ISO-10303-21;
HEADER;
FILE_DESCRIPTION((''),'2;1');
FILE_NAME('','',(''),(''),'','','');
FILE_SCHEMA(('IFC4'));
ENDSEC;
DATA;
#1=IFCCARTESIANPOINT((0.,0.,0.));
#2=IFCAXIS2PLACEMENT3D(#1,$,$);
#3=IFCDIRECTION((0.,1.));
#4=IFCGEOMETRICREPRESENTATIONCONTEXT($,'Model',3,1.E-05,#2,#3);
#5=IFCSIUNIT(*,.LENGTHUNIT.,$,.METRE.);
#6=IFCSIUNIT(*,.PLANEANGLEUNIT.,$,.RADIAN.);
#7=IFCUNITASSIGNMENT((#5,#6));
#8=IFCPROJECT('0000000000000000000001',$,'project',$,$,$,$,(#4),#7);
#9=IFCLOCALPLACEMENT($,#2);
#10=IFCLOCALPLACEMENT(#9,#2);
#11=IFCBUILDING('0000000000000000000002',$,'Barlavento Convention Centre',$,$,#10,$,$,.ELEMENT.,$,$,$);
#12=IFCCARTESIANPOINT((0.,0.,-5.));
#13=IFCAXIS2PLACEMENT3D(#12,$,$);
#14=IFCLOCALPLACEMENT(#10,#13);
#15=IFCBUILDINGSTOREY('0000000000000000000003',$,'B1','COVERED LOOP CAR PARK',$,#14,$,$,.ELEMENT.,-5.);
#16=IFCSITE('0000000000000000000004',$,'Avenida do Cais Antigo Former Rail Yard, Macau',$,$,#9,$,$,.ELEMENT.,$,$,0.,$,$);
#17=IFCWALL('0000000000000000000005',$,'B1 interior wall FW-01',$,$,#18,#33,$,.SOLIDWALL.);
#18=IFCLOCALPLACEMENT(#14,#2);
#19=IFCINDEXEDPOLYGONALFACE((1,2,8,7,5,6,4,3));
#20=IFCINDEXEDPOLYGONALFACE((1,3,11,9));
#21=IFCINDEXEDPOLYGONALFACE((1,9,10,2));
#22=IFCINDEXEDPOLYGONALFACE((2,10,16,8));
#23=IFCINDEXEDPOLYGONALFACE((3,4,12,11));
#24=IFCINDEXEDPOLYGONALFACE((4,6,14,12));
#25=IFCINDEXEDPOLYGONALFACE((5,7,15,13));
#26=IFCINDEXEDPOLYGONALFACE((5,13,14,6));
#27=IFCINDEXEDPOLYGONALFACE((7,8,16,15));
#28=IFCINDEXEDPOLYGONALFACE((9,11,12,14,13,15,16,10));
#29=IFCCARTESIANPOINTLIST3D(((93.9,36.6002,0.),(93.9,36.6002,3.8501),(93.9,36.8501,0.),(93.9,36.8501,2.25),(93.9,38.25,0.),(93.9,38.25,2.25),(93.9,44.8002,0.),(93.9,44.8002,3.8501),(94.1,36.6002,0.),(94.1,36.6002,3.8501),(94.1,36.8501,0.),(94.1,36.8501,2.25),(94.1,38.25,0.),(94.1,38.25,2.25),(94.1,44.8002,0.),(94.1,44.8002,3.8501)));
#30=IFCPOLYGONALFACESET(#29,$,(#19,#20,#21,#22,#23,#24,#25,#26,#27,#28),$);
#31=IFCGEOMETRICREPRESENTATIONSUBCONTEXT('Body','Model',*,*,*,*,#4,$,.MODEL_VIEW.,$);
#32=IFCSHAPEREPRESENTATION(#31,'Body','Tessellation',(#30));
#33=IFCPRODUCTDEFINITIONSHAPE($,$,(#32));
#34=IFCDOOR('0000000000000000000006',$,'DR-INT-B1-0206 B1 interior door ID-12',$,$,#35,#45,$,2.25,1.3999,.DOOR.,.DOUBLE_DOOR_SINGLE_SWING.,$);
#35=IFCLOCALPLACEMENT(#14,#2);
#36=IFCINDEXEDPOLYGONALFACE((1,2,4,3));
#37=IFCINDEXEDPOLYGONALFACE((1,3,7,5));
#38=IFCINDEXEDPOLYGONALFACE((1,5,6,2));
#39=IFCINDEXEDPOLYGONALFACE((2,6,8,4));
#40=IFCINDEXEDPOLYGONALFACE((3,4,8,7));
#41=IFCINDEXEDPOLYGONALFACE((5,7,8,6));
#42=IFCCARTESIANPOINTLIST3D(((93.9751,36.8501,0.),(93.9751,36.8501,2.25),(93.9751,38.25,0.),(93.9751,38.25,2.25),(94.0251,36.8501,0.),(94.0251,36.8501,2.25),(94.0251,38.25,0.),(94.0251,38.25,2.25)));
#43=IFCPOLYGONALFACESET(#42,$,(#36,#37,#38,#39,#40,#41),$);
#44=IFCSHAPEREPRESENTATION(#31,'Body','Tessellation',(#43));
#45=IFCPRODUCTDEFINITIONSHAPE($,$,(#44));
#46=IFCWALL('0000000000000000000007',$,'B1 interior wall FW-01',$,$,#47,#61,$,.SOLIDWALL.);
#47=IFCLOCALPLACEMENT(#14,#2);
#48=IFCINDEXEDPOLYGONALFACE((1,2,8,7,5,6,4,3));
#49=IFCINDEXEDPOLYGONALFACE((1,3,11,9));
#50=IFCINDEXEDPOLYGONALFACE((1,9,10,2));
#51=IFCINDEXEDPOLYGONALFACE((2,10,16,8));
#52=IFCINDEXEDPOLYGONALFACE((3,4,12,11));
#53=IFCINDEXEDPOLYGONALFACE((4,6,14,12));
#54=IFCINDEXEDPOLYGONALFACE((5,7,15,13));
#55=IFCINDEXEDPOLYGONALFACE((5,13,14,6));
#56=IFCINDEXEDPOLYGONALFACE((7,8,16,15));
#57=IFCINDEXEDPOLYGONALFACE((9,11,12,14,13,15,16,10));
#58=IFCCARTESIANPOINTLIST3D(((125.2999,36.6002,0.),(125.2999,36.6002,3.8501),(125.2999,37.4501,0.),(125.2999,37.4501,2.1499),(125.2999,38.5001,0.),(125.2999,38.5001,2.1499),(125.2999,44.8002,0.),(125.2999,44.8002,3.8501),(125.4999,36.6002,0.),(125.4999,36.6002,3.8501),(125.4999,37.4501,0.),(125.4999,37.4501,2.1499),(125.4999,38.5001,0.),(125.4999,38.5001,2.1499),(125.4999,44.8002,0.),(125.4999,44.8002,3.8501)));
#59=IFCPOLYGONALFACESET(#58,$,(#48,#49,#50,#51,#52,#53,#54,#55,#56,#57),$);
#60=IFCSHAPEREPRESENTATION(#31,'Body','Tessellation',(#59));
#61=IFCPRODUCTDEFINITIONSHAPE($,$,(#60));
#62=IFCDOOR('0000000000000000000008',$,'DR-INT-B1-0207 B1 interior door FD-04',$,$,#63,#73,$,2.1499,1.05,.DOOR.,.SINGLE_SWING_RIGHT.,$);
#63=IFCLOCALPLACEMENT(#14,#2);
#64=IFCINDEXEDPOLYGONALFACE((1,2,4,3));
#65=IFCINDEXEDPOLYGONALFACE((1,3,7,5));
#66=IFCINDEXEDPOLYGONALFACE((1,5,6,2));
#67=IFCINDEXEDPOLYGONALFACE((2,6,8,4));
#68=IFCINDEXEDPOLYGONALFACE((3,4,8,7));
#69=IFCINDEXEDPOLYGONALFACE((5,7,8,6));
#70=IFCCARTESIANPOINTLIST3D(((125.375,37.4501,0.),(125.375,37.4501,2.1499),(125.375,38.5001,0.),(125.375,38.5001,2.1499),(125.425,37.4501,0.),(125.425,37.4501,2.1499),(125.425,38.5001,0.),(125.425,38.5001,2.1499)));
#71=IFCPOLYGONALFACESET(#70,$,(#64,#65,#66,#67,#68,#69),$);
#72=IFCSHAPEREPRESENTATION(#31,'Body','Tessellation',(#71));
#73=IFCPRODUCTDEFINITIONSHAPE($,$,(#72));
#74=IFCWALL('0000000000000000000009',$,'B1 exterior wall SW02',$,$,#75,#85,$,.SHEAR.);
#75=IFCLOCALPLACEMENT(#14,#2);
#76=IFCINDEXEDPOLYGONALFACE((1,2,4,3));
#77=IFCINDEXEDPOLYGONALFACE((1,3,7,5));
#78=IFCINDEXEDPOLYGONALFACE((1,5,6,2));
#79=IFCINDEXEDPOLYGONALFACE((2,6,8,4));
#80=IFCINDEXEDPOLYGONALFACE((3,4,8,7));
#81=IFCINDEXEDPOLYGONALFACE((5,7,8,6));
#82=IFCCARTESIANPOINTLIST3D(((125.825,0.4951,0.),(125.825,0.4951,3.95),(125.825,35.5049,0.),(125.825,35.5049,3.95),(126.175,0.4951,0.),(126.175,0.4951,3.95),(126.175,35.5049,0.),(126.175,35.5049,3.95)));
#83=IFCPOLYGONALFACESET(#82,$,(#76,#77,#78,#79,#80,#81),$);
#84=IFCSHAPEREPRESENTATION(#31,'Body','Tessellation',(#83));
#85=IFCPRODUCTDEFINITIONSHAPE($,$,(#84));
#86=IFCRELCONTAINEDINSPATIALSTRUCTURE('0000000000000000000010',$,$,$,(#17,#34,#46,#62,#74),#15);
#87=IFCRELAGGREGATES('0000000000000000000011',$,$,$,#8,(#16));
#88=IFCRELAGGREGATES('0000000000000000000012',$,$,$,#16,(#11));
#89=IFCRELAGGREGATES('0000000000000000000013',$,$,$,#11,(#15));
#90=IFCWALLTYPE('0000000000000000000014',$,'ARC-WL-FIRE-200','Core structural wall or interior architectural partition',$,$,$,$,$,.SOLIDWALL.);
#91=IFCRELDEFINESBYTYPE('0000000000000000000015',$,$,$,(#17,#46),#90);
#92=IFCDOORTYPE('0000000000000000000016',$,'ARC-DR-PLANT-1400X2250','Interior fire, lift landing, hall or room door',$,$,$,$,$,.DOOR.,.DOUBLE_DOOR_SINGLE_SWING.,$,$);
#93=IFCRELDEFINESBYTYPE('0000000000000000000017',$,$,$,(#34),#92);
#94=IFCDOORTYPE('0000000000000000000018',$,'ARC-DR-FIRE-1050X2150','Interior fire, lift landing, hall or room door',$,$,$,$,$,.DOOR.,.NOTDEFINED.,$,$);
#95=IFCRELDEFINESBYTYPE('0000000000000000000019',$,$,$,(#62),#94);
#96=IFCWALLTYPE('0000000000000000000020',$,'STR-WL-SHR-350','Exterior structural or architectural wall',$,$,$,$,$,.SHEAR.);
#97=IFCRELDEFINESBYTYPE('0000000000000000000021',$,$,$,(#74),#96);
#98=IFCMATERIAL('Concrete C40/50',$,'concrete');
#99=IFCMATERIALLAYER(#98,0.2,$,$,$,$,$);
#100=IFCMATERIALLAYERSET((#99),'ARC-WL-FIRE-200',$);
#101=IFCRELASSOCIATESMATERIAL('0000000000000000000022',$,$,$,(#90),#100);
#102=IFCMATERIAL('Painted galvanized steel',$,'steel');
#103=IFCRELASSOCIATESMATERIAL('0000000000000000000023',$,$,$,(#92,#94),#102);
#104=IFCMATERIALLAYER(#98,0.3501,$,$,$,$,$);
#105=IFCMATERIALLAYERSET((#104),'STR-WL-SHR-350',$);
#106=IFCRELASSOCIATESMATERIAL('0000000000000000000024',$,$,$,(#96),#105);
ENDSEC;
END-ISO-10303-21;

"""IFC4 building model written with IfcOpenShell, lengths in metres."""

from ifc_helpers import new_model, si_unit, direction, frame, frame_2d, origin, place, context, subcontext, project, spatial, rectangle, extrude, material, layer, layer_set, type_object, element, fill, save


model = new_model("IFC4")

# Units and contexts
model_context = context("Model", 3, precision=1e-05, world=origin(), true_north=direction((0.0, 1.0)))
body_context = subcontext(model_context, "Body", "Model", "MODEL_VIEW")
ifc_project = project(units=[si_unit("LENGTHUNIT", "METRE"), si_unit("PLANEANGLEUNIT", "RADIAN")], contexts=[model_context])

# Site, building, storey
site_placement = place(None, origin())
site = spatial("IfcSite", under=ifc_project, at=site_placement, Name="Avenida do Cais Antigo Former Rail Yard, Macau", CompositionType="ELEMENT", RefElevation=0.0)
building_placement = place(site_placement, origin())
building = spatial("IfcBuilding", under=site, at=building_placement, Name="Barlavento Convention Centre", CompositionType="ELEMENT")
storey_placement = place(building_placement, frame((0.0, 0.0, -5.0)))
storey = spatial("IfcBuildingStorey", under=building, at=storey_placement, Name="B1", Description="COVERED LOOP CAR PARK", CompositionType="ELEMENT", Elevation=-5.0)

# Shared definitions
ifc_material_1 = material(Name="Concrete C40/50", Category="concrete")

# Walls, openings, doors
ifc_layer_1 = layer(ifc_material_1, 0.2)
ifc_layer_set_1 = layer_set([ifc_layer_1], Name="ARC-WL-FIRE-200")
wall_type_1 = type_object("IfcWallType", Name="ARC-WL-FIRE-200", Description="Core structural wall or interior architectural partition", PredefinedType="SOLIDWALL", material=ifc_layer_set_1)
wall_1_placement = place(storey_placement, frame((94.0, 36.6001, 0.0), z_axis=(0.0, 0.0, 1.0), x_axis=(0.0, 1.0, 0.0)))
wall_1 = element("IfcWall", 1, at=wall_1_placement, inside=storey, type_object=wall_type_1, Name="B1 interior wall FW-01", PredefinedType="SOLIDWALL", context=body_context, shape_type="SweptSolid", body=[
    extrude(rectangle(XDim=8.2, YDim=0.2, at=frame_2d((4.1001, 0.0))), origin(), (0.0, 0.0, 1.0), 3.8501),
])
opening_1_placement = place(wall_1_placement, frame((0.25, 0.0, 0.0)))
opening_1 = element("IfcOpeningElement", 2, at=opening_1_placement, cuts=wall_1, PredefinedType="OPENING", context=body_context, shape_type="SweptSolid", body=[
    extrude(rectangle(XDim=1.3999, YDim=2.25, at=frame_2d((0.7, 1.125))), frame((0.0, 0.1099, 0.0), z_axis=(0.0, -1.0, 0.0), x_axis=(1.0, 0.0, 0.0)), (0.0, 0.0, 1.0), 0.22),
])
ifc_material_2 = material(Name="Painted galvanized steel", Category="steel")
door_type_1 = type_object("IfcDoorType", Name="ARC-DR-PLANT-1400X2250", Description="Interior fire, lift landing, hall or room door", OperationType="DOUBLE_DOOR_SINGLE_SWING", PredefinedType="DOOR", material=ifc_material_2)
door_1_placement = place(opening_1_placement, origin())
door_1 = element("IfcDoor", 3, at=door_1_placement, inside=storey, type_object=door_type_1, Name="DR-INT-B1-0206 B1 interior door ID-12", OperationType="DOUBLE_DOOR_SINGLE_SWING", OverallHeight=2.25, OverallWidth=1.3999, PredefinedType="DOOR", context=body_context, shape_type="SweptSolid", body=[
    extrude(rectangle(XDim=1.3999, YDim=2.25, at=frame_2d((0.7, 1.125))), frame((0.0, 0.0249, 0.0), z_axis=(0.0, -1.0, 0.0), x_axis=(1.0, 0.0, 0.0)), (0.0, 0.0, 1.0), 0.05),
])
fill(opening_1, door_1)
wall_2_placement = place(storey_placement, frame((125.3999, 36.6001, 0.0), z_axis=(0.0, 0.0, 1.0), x_axis=(0.0, 1.0, 0.0)))
wall_2 = element("IfcWall", 4, at=wall_2_placement, inside=storey, type_object=wall_type_1, Name="B1 interior wall FW-01", PredefinedType="SOLIDWALL", context=body_context, shape_type="SweptSolid", body=[
    extrude(rectangle(XDim=8.2, YDim=0.2, at=frame_2d((4.1001, 0.0))), origin(), (0.0, 0.0, 1.0), 3.8501),
])
opening_2_placement = place(wall_2_placement, frame((0.8501, 0.0, 0.0)))
opening_2 = element("IfcOpeningElement", 5, at=opening_2_placement, cuts=wall_2, PredefinedType="OPENING", context=body_context, shape_type="SweptSolid", body=[
    extrude(rectangle(XDim=1.05, YDim=2.1499, at=frame_2d((0.5249, 1.075))), frame((0.0, 0.1099, 0.0), z_axis=(0.0, -1.0, 0.0), x_axis=(1.0, 0.0, 0.0)), (0.0, 0.0, 1.0), 0.22),
])
door_type_2 = type_object("IfcDoorType", Name="ARC-DR-FIRE-1050X2150", Description="Interior fire, lift landing, hall or room door", OperationType="NOTDEFINED", PredefinedType="DOOR", material=ifc_material_2)
door_2_placement = place(opening_2_placement, origin())
door_2 = element("IfcDoor", 6, at=door_2_placement, inside=storey, type_object=door_type_2, Name="DR-INT-B1-0207 B1 interior door FD-04", OperationType="SINGLE_SWING_RIGHT", OverallHeight=2.1499, OverallWidth=1.05, PredefinedType="DOOR", context=body_context, shape_type="SweptSolid", body=[
    extrude(rectangle(XDim=1.05, YDim=2.1499, at=frame_2d((0.5249, 1.075))), frame((0.0, 0.0249, 0.0), z_axis=(0.0, -1.0, 0.0), x_axis=(1.0, 0.0, 0.0)), (0.0, 0.0, 1.0), 0.05),
])
fill(opening_2, door_2)

# Wall
ifc_layer_2 = layer(ifc_material_1, 0.3501)
ifc_layer_set_2 = layer_set([ifc_layer_2], Name="STR-WL-SHR-350")
wall_type_2 = type_object("IfcWallType", Name="STR-WL-SHR-350", Description="Exterior structural or architectural wall", PredefinedType="SHEAR", material=ifc_layer_set_2)
wall_3_placement = place(storey_placement, frame((126.0, 0.4951, 0.0), z_axis=(0.0, 0.0, 1.0), x_axis=(0.0, 1.0, 0.0)))
element("IfcWall", 7, at=wall_3_placement, inside=storey, type_object=wall_type_2, Name="B1 exterior wall SW02", PredefinedType="SHEAR", context=body_context, shape_type="SweptSolid", body=[
    extrude(rectangle(XDim=35.0098, YDim=0.3501, at=frame_2d((17.5049, 0.0))), origin(), (0.0, 0.0, 1.0), 3.95),
])

save(model, "model.ifc")
